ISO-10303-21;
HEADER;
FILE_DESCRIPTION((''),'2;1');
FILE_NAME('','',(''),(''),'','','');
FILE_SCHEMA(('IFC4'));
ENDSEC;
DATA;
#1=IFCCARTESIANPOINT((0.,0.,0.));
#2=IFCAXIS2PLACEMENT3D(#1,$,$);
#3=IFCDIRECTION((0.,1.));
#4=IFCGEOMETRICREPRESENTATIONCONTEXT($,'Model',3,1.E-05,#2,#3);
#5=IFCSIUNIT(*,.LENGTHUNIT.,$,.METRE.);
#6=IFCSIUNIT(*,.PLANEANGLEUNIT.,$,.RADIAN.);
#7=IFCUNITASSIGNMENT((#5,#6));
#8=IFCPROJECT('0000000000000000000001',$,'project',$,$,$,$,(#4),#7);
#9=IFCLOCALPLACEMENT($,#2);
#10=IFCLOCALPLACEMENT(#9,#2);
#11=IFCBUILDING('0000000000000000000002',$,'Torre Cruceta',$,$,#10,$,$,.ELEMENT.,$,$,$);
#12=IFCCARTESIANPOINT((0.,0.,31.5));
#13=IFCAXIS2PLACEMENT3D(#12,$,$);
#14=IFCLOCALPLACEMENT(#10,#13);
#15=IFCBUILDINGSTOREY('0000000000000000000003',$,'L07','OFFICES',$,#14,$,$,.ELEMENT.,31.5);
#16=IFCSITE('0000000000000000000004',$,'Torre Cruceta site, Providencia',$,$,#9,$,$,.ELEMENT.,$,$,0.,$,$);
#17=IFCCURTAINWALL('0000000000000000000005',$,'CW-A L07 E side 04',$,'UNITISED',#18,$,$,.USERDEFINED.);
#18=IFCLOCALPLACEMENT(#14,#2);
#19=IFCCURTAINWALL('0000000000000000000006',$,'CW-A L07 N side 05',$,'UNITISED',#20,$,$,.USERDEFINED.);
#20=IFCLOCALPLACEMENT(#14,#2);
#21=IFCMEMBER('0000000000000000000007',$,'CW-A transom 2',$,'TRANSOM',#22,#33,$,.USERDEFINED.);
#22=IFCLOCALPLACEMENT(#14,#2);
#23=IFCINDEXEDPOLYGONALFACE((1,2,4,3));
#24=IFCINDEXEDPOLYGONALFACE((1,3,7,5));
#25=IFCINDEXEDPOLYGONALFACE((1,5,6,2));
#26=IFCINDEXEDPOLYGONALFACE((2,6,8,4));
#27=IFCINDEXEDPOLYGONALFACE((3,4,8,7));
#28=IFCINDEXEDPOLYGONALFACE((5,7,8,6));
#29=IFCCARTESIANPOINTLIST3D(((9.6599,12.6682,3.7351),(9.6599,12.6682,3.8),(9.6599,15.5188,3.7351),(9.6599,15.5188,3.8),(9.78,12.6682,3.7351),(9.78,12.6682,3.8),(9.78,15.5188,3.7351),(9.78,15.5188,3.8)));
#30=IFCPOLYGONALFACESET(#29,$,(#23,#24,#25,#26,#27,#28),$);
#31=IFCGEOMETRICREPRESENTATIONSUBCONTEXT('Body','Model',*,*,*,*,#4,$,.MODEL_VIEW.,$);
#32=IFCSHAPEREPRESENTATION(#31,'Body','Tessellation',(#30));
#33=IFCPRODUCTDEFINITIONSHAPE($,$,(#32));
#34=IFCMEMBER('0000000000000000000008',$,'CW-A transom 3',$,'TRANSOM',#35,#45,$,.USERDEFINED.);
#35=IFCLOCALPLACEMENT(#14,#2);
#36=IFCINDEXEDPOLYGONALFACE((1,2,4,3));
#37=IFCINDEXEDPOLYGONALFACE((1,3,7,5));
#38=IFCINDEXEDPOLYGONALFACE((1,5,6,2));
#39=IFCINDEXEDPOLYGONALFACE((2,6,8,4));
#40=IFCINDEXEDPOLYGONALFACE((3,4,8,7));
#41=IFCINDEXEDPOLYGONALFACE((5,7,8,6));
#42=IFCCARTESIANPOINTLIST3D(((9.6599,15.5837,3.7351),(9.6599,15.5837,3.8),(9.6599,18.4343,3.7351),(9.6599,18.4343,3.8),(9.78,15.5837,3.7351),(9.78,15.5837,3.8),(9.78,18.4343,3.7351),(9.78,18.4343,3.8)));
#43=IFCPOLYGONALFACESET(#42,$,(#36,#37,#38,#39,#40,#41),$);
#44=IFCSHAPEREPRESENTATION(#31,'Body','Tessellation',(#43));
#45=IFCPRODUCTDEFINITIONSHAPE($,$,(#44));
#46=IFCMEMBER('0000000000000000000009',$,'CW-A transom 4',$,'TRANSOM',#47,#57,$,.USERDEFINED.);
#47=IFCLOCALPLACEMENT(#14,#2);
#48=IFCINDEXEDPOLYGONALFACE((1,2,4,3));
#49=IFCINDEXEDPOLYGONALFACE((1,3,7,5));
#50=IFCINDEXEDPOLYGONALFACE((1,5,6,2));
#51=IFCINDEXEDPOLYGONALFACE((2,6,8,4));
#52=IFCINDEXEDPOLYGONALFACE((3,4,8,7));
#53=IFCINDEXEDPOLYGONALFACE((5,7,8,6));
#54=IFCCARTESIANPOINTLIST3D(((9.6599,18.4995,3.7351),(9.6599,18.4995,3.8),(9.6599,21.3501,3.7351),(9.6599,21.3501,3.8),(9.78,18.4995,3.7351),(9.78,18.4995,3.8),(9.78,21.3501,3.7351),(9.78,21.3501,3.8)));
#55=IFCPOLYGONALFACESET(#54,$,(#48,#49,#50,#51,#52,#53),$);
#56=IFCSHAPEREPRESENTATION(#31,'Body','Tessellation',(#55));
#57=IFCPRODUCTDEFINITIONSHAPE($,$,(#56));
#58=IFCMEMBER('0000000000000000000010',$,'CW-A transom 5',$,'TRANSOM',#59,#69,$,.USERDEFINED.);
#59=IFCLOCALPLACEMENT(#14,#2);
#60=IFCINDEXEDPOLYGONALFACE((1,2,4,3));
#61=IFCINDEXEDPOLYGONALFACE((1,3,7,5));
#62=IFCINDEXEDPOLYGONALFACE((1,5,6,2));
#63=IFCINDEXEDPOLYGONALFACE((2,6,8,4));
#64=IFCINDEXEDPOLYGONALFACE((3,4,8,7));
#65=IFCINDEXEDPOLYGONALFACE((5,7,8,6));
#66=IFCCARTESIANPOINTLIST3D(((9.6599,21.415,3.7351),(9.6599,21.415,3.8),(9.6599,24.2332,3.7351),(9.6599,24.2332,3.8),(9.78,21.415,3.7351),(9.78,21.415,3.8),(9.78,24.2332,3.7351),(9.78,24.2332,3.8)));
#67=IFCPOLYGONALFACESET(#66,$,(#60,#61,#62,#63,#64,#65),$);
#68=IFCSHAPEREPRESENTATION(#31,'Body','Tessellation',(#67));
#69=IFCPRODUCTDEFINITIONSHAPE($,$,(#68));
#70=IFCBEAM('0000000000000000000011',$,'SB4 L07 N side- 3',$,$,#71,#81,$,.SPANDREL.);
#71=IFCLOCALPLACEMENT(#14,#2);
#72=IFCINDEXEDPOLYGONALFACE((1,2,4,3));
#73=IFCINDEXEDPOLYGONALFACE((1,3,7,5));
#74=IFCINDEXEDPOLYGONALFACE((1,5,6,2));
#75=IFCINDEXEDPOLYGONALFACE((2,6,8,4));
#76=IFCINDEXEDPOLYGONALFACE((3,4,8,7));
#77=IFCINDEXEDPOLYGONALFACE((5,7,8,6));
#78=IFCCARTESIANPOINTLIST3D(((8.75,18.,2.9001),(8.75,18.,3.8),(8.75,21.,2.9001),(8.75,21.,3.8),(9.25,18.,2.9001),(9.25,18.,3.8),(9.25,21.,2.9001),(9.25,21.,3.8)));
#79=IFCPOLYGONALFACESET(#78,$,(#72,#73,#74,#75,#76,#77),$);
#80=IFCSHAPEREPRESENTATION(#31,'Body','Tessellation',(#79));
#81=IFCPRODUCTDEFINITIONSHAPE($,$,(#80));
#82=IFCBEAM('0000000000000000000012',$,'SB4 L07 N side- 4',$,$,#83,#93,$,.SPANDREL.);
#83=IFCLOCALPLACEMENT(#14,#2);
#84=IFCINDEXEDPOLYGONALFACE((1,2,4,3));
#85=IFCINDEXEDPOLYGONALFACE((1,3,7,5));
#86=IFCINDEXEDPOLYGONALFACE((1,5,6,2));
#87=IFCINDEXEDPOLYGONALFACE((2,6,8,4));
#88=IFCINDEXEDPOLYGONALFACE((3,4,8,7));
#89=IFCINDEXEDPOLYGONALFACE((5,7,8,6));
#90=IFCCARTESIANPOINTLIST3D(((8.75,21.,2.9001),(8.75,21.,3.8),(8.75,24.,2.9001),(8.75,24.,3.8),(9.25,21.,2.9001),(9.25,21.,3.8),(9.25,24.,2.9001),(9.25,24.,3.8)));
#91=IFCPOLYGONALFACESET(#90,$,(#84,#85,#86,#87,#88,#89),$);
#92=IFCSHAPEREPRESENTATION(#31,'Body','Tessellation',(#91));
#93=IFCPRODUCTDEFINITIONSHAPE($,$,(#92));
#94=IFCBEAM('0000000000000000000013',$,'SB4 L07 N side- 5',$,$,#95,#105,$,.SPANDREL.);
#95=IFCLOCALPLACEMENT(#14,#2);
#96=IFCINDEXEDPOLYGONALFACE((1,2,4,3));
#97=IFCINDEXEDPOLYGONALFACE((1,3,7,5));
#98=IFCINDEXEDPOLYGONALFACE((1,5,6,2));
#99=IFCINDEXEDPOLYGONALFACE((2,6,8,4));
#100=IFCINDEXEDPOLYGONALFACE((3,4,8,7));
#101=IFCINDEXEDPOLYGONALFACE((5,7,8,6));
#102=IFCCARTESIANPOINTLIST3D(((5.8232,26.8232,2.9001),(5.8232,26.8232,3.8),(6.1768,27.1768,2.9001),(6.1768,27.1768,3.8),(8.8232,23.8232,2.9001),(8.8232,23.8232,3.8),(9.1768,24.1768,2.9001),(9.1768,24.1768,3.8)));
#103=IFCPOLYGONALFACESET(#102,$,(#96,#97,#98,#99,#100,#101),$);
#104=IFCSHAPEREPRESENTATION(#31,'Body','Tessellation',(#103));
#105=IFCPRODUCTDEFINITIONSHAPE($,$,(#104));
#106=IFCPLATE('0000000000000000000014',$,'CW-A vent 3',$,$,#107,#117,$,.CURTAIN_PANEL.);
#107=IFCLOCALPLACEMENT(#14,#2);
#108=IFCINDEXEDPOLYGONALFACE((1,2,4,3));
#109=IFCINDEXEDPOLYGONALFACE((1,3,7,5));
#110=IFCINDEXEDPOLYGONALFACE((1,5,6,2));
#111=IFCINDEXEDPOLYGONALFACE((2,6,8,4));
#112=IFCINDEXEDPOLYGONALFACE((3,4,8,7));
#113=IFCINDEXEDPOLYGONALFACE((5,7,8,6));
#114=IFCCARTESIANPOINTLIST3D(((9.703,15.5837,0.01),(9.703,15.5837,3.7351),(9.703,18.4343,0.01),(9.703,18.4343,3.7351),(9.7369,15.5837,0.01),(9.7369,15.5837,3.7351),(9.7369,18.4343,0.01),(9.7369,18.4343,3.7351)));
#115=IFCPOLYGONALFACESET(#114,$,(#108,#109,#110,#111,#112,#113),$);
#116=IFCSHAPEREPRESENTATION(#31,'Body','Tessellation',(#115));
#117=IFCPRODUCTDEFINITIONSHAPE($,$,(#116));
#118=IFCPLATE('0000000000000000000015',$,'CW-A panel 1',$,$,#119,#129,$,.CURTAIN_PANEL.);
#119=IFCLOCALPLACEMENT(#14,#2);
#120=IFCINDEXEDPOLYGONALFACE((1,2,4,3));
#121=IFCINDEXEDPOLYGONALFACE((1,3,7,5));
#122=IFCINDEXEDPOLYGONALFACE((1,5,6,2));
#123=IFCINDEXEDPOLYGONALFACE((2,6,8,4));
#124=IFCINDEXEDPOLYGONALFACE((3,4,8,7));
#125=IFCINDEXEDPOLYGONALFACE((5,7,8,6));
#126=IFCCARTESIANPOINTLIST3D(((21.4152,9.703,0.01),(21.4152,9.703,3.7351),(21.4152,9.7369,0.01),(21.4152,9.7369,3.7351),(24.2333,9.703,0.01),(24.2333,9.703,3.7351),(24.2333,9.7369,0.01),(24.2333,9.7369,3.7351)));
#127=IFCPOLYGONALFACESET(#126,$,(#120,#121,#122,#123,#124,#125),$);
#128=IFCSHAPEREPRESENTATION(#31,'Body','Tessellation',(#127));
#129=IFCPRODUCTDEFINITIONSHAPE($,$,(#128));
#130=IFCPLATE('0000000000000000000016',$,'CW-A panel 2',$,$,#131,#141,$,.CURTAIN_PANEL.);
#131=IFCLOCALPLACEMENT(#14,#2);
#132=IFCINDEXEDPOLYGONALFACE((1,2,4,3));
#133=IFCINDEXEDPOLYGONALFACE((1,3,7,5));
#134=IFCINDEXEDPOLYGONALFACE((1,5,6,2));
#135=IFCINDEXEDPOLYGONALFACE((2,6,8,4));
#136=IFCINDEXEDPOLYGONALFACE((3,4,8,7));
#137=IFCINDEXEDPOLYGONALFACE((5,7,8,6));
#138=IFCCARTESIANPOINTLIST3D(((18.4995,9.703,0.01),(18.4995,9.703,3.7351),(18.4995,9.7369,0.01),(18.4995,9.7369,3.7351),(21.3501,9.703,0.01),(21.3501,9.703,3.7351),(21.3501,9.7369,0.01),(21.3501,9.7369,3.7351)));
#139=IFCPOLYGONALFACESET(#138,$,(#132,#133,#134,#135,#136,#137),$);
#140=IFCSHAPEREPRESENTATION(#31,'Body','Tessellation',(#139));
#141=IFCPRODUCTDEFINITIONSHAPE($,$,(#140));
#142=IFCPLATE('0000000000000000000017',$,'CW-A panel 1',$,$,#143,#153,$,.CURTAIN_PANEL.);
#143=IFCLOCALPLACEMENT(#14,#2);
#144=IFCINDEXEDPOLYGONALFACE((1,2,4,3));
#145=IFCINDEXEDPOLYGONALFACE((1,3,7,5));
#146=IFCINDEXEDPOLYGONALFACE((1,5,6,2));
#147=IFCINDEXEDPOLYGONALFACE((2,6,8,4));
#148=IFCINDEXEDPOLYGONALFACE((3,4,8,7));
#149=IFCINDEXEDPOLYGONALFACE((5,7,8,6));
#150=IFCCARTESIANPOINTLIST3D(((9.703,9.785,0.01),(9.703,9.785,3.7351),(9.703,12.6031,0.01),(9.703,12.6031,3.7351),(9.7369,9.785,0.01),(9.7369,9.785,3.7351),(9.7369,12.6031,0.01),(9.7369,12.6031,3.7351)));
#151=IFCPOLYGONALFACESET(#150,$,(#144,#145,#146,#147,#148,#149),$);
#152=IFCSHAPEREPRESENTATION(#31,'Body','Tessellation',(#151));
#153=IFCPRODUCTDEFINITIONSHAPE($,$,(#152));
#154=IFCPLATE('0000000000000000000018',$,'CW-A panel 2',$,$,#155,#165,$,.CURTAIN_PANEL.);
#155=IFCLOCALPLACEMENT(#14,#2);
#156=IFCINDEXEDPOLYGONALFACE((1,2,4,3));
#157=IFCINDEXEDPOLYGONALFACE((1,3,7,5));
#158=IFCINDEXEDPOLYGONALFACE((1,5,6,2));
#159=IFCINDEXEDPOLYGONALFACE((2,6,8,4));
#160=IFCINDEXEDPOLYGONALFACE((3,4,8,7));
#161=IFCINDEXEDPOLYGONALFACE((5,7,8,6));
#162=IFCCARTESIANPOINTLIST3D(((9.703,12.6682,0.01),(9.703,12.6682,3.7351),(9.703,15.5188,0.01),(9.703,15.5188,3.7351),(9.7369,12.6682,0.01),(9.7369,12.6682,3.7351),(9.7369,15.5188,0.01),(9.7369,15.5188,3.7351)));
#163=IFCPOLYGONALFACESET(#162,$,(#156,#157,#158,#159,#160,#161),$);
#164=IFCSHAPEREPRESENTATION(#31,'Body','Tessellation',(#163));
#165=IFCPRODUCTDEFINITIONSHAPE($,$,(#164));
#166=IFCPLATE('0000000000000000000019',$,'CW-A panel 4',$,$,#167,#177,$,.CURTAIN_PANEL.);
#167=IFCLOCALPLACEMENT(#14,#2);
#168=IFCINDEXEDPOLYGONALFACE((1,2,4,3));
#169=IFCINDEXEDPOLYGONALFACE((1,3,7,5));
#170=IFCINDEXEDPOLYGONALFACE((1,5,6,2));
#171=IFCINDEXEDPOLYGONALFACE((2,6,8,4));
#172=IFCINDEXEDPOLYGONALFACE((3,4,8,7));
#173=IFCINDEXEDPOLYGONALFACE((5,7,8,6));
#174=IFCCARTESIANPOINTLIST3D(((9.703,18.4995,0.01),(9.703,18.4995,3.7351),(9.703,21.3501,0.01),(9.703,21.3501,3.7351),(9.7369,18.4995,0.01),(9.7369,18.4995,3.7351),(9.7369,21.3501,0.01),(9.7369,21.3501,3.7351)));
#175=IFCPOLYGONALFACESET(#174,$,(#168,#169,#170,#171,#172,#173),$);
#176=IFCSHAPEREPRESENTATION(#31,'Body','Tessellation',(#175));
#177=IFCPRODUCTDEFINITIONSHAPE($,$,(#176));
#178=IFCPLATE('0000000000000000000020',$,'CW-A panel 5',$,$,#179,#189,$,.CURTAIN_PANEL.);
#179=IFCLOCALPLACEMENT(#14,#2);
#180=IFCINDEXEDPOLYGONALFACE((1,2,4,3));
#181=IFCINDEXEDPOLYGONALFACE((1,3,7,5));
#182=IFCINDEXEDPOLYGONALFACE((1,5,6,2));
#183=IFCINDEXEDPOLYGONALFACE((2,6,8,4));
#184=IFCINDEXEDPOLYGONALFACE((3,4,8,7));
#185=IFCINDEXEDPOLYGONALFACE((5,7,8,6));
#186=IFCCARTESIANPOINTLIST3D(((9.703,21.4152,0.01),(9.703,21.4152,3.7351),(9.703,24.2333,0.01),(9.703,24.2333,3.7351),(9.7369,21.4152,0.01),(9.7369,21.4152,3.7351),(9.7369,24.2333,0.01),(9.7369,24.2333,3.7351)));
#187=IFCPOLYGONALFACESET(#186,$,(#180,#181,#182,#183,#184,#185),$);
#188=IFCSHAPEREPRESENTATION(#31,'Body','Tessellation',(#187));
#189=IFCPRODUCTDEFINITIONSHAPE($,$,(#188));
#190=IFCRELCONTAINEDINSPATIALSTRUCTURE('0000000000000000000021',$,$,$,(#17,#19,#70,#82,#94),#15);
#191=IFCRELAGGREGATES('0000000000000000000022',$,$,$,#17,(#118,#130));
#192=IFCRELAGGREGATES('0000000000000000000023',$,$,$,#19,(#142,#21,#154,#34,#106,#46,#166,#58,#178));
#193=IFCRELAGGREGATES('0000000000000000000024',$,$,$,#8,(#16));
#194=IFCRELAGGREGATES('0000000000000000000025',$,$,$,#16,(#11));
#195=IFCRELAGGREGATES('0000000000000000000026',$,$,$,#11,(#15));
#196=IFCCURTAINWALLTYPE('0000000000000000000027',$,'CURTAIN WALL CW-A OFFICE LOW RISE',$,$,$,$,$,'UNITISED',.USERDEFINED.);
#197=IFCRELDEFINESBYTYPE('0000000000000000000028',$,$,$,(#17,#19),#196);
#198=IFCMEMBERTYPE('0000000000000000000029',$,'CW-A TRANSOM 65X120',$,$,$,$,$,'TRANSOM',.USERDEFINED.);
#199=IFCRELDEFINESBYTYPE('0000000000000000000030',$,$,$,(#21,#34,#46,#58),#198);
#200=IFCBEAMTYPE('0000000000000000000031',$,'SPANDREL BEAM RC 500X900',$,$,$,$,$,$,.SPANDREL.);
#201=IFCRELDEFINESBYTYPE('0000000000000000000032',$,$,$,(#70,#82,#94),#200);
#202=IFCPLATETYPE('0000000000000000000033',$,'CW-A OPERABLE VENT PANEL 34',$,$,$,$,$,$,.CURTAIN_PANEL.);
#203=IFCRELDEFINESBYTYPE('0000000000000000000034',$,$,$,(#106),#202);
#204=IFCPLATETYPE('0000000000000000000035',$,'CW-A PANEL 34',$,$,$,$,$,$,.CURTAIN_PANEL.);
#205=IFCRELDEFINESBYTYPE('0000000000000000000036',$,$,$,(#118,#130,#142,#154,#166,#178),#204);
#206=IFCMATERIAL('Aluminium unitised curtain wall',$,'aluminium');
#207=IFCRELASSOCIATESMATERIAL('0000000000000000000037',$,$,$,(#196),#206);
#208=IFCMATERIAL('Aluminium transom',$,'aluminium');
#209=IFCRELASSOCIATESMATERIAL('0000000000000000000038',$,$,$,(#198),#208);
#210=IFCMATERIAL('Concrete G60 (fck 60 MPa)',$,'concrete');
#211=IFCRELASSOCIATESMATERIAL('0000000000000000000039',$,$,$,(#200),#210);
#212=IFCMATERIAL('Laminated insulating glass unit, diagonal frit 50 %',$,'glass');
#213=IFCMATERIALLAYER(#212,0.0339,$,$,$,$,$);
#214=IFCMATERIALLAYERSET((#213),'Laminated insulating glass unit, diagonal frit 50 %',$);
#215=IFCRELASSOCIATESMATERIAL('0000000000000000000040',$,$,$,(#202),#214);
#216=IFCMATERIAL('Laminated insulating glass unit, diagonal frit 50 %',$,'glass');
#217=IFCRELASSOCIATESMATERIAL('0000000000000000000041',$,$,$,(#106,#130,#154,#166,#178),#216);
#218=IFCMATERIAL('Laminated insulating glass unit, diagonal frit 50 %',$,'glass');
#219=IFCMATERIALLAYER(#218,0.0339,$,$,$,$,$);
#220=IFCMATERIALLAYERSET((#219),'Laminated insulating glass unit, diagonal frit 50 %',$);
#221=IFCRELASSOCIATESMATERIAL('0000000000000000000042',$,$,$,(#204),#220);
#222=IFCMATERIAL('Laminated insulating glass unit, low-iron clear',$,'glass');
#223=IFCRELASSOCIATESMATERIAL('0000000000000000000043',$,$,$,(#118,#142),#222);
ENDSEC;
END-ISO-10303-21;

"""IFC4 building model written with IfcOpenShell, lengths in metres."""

from ifc_helpers import new_model, si_unit, direction, frame, origin, origin_2d, place, context, subcontext, project, spatial, rectangle, extrude, material, layer, layer_set, material_profile, profile_set, type_object, element, aggregate, save


model = new_model("IFC4")

# Units and contexts
model_context = context("Model", 3, precision=1e-05, world=origin(), true_north=direction((0.0, 1.0)))
body_context = subcontext(model_context, "Body", "Model", "MODEL_VIEW")
ifc_project = project(units=[si_unit("LENGTHUNIT", "METRE"), si_unit("PLANEANGLEUNIT", "RADIAN")], contexts=[model_context])

# Site, building, storey
site_placement = place(None, origin())
site = spatial("IfcSite", under=ifc_project, at=site_placement, Name="Torre Cruceta site, Providencia", CompositionType="ELEMENT", RefElevation=0.0)
building_placement = place(site_placement, origin())
building = spatial("IfcBuilding", under=site, at=building_placement, Name="Torre Cruceta", CompositionType="ELEMENT")
storey_placement = place(building_placement, frame((0.0, 0.0, 31.5)))
storey = spatial("IfcBuildingStorey", under=building, at=storey_placement, Name="L07", Description="OFFICES", CompositionType="ELEMENT", Elevation=31.5)

# Curtain walls
ifc_material_1 = material(Name="Aluminium unitised curtain wall", Category="aluminium")
curtain_wall_type = type_object("IfcCurtainWallType", Name="CURTAIN WALL CW-A OFFICE LOW RISE", ElementType="UNITISED", PredefinedType="USERDEFINED", material=ifc_material_1)
curtain_wall_1_placement = place(storey_placement, origin())
curtain_wall_1 = element("IfcCurtainWall", 1, at=curtain_wall_1_placement, inside=storey, type_object=curtain_wall_type, Name="CW-A L07 E side 04", ObjectType="UNITISED", PredefinedType="USERDEFINED")
curtain_wall_2_placement = place(storey_placement, origin())
curtain_wall_2 = element("IfcCurtainWall", 2, at=curtain_wall_2_placement, inside=storey, type_object=curtain_wall_type, Name="CW-A L07 N side 05", ObjectType="UNITISED", PredefinedType="USERDEFINED")

# Members
ifc_material_2 = material(Name="Aluminium transom", Category="aluminium")
ifc_material_profile_1 = material_profile(ifc_material_2, rectangle(XDim=0.1201, YDim=0.0649, at=origin_2d()), Name="AL 120X65")
ifc_profile_set_1 = profile_set([ifc_material_profile_1], Name="Aluminium transom")
member_type_1 = type_object("IfcMemberType", Name="CW-A TRANSOM 65X120", ElementType="TRANSOM", PredefinedType="USERDEFINED", material=ifc_profile_set_1)
member_1_placement = place(storey_placement, frame((9.72, 12.6682, 3.7676), z_axis=(0.0, 1.0, 0.0), x_axis=(-1.0, 0.0, 0.0)))
member_1 = element("IfcMember", 3, at=member_1_placement, type_object=member_type_1, Name="CW-A transom 2", ObjectType="TRANSOM", PredefinedType="USERDEFINED", context=body_context, shape_type="SweptSolid", body=[
    extrude(rectangle(XDim=0.1201, YDim=0.0649, at=origin_2d()), origin(), (0.0, 0.0, 1.0), 2.8506),
])
member_2_placement = place(storey_placement, frame((9.72, 15.5837, 3.7676), z_axis=(0.0, 1.0, 0.0), x_axis=(-1.0, 0.0, 0.0)))
member_2 = element("IfcMember", 4, at=member_2_placement, type_object=member_type_1, Name="CW-A transom 3", ObjectType="TRANSOM", PredefinedType="USERDEFINED", context=body_context, shape_type="SweptSolid", body=[
    extrude(rectangle(XDim=0.1201, YDim=0.0649, at=origin_2d()), origin(), (0.0, 0.0, 1.0), 2.8506),
])
member_3_placement = place(storey_placement, frame((9.72, 18.4995, 3.7676), z_axis=(0.0, 1.0, 0.0), x_axis=(-1.0, 0.0, 0.0)))
member_3 = element("IfcMember", 5, at=member_3_placement, type_object=member_type_1, Name="CW-A transom 4", ObjectType="TRANSOM", PredefinedType="USERDEFINED", context=body_context, shape_type="SweptSolid", body=[
    extrude(rectangle(XDim=0.1201, YDim=0.0649, at=origin_2d()), origin(), (0.0, 0.0, 1.0), 2.8506),
])
member_4_placement = place(storey_placement, frame((9.72, 21.415, 3.7676), z_axis=(0.0, 1.0, 0.0), x_axis=(-1.0, 0.0, 0.0)))
member_4 = element("IfcMember", 6, at=member_4_placement, type_object=member_type_1, Name="CW-A transom 5", ObjectType="TRANSOM", PredefinedType="USERDEFINED", context=body_context, shape_type="SweptSolid", body=[
    extrude(rectangle(XDim=0.1201, YDim=0.0649, at=origin_2d()), origin(), (0.0, 0.0, 1.0), 2.8181),
])

# Beams
ifc_material_3 = material(Name="Concrete G60 (fck 60 MPa)", Category="concrete")
ifc_material_profile_2 = material_profile(ifc_material_3, rectangle(XDim=0.5, YDim=0.8999, at=origin_2d()), Name="RC 500X900")
ifc_profile_set_2 = profile_set([ifc_material_profile_2], Name="Concrete G60 (fck 60 MPa)")
beam_type_1 = type_object("IfcBeamType", Name="SPANDREL BEAM RC 500X900", PredefinedType="SPANDREL", material=ifc_profile_set_2)
for number, where, z_axis, x_axis, name in (
    (7, (9.0, 18.0, 3.3501), (0.0, 1.0, 0.0), (-1.0, 0.0, 0.0), "SB4 L07 N side- 3"),
    (8, (9.0, 21.0, 3.3501), (0.0, 1.0, 0.0), (-1.0, 0.0, 0.0), "SB4 L07 N side- 4"),
):
    element("IfcBeam", number, at=place(storey_placement, frame(where, z_axis=z_axis, x_axis=x_axis)), inside=storey, type_object=beam_type_1, Name=name, PredefinedType="SPANDREL", context=body_context, shape_type="SweptSolid", body=[
        extrude(rectangle(XDim=0.5, YDim=0.8999, at=origin_2d()), origin(), (0.0, 0.0, 1.0), 3.0),
    ])
beam_placement = place(storey_placement, frame((9.0, 24.0, 3.3501), z_axis=(-0.707107, 0.707107, 0.0), x_axis=(-0.707107, -0.707107, 0.0)))
element("IfcBeam", 9, at=beam_placement, inside=storey, type_object=beam_type_1, Name="SB4 L07 N side- 5", PredefinedType="SPANDREL", context=body_context, shape_type="SweptSolid", body=[
    extrude(rectangle(XDim=0.5, YDim=0.8999, at=origin_2d()), origin(), (0.0, 0.0, 1.0), 4.2427),
])

# Plates
ifc_material_4 = material(Name="Laminated insulating glass unit, diagonal frit 50 %", Category="glass")
ifc_material_5 = material(Name="Laminated insulating glass unit, diagonal frit 50 %", Category="glass")
ifc_layer_1 = layer(ifc_material_5, 0.0339)
ifc_layer_set_1 = layer_set([ifc_layer_1], Name="Laminated insulating glass unit, diagonal frit 50 %")
plate_type_1 = type_object("IfcPlateType", Name="CW-A OPERABLE VENT PANEL 34", PredefinedType="CURTAIN_PANEL", material=ifc_layer_set_1)
plate_1_placement = place(storey_placement, frame((9.72, 17.009, 0.01), z_axis=(0.0, 0.0, 1.0), x_axis=(0.0, 1.0, 0.0)))
plate_1 = element("IfcPlate", 10, at=plate_1_placement, type_object=plate_type_1, material=ifc_material_4, Name="CW-A vent 3", PredefinedType="CURTAIN_PANEL", context=body_context, shape_type="SweptSolid", body=[
    extrude(rectangle(XDim=2.8506, YDim=0.0339, at=origin_2d()), origin(), (0.0, 0.0, 1.0), 3.7251),
])
ifc_material_6 = material(Name="Laminated insulating glass unit, low-iron clear", Category="glass")
ifc_material_7 = material(Name="Laminated insulating glass unit, diagonal frit 50 %", Category="glass")
ifc_layer_2 = layer(ifc_material_7, 0.0339)
ifc_layer_set_2 = layer_set([ifc_layer_2], Name="Laminated insulating glass unit, diagonal frit 50 %")
plate_type_2 = type_object("IfcPlateType", Name="CW-A PANEL 34", PredefinedType="CURTAIN_PANEL", material=ifc_layer_set_2)
plate_2_placement = place(storey_placement, frame((22.8242, 9.72, 0.01), z_axis=(0.0, 0.0, 1.0), x_axis=(-1.0, 0.0, 0.0)))
plate_2 = element("IfcPlate", 11, at=plate_2_placement, type_object=plate_type_2, material=ifc_material_6, Name="CW-A panel 1", PredefinedType="CURTAIN_PANEL", context=body_context, shape_type="SweptSolid", body=[
    extrude(rectangle(XDim=2.8181, YDim=0.0339, at=origin_2d()), origin(), (0.0, 0.0, 1.0), 3.7251),
])
plate_3_placement = place(storey_placement, frame((19.9248, 9.72, 0.01), z_axis=(0.0, 0.0, 1.0), x_axis=(-1.0, 0.0, 0.0)))
plate_3 = element("IfcPlate", 12, at=plate_3_placement, type_object=plate_type_2, material=ifc_material_4, Name="CW-A panel 2", PredefinedType="CURTAIN_PANEL", context=body_context, shape_type="SweptSolid", body=[
    extrude(rectangle(XDim=2.8506, YDim=0.0339, at=origin_2d()), origin(), (0.0, 0.0, 1.0), 3.7251),
])
aggregate(curtain_wall_1, [plate_2, plate_3])
plate_4_placement = place(storey_placement, frame((9.72, 11.1941, 0.01), z_axis=(0.0, 0.0, 1.0), x_axis=(0.0, 1.0, 0.0)))
plate_4 = element("IfcPlate", 13, at=plate_4_placement, type_object=plate_type_2, material=ifc_material_6, Name="CW-A panel 1", PredefinedType="CURTAIN_PANEL", context=body_context, shape_type="SweptSolid", body=[
    extrude(rectangle(XDim=2.8181, YDim=0.0339, at=origin_2d()), origin(), (0.0, 0.0, 1.0), 3.7251),
])
plate_5_placement = place(storey_placement, frame((9.72, 14.0935, 0.01), z_axis=(0.0, 0.0, 1.0), x_axis=(0.0, 1.0, 0.0)))
plate_5 = element("IfcPlate", 14, at=plate_5_placement, type_object=plate_type_2, material=ifc_material_4, Name="CW-A panel 2", PredefinedType="CURTAIN_PANEL", context=body_context, shape_type="SweptSolid", body=[
    extrude(rectangle(XDim=2.8506, YDim=0.0339, at=origin_2d()), origin(), (0.0, 0.0, 1.0), 3.7251),
])
plate_6_placement = place(storey_placement, frame((9.72, 19.9248, 0.01), z_axis=(0.0, 0.0, 1.0), x_axis=(0.0, 1.0, 0.0)))
plate_6 = element("IfcPlate", 15, at=plate_6_placement, type_object=plate_type_2, material=ifc_material_4, Name="CW-A panel 4", PredefinedType="CURTAIN_PANEL", context=body_context, shape_type="SweptSolid", body=[
    extrude(rectangle(XDim=2.8506, YDim=0.0339, at=origin_2d()), origin(), (0.0, 0.0, 1.0), 3.7251),
])
plate_7_placement = place(storey_placement, frame((9.72, 22.8242, 0.01), z_axis=(0.0, 0.0, 1.0), x_axis=(0.0, 1.0, 0.0)))
plate_7 = element("IfcPlate", 16, at=plate_7_placement, type_object=plate_type_2, material=ifc_material_4, Name="CW-A panel 5", PredefinedType="CURTAIN_PANEL", context=body_context, shape_type="SweptSolid", body=[
    extrude(rectangle(XDim=2.8181, YDim=0.0339, at=origin_2d()), origin(), (0.0, 0.0, 1.0), 3.7251),
])
aggregate(curtain_wall_2, [plate_4, member_1, plate_5, member_2, plate_1, member_3, plate_6, member_4, plate_7])

save(model, "model.ifc")
